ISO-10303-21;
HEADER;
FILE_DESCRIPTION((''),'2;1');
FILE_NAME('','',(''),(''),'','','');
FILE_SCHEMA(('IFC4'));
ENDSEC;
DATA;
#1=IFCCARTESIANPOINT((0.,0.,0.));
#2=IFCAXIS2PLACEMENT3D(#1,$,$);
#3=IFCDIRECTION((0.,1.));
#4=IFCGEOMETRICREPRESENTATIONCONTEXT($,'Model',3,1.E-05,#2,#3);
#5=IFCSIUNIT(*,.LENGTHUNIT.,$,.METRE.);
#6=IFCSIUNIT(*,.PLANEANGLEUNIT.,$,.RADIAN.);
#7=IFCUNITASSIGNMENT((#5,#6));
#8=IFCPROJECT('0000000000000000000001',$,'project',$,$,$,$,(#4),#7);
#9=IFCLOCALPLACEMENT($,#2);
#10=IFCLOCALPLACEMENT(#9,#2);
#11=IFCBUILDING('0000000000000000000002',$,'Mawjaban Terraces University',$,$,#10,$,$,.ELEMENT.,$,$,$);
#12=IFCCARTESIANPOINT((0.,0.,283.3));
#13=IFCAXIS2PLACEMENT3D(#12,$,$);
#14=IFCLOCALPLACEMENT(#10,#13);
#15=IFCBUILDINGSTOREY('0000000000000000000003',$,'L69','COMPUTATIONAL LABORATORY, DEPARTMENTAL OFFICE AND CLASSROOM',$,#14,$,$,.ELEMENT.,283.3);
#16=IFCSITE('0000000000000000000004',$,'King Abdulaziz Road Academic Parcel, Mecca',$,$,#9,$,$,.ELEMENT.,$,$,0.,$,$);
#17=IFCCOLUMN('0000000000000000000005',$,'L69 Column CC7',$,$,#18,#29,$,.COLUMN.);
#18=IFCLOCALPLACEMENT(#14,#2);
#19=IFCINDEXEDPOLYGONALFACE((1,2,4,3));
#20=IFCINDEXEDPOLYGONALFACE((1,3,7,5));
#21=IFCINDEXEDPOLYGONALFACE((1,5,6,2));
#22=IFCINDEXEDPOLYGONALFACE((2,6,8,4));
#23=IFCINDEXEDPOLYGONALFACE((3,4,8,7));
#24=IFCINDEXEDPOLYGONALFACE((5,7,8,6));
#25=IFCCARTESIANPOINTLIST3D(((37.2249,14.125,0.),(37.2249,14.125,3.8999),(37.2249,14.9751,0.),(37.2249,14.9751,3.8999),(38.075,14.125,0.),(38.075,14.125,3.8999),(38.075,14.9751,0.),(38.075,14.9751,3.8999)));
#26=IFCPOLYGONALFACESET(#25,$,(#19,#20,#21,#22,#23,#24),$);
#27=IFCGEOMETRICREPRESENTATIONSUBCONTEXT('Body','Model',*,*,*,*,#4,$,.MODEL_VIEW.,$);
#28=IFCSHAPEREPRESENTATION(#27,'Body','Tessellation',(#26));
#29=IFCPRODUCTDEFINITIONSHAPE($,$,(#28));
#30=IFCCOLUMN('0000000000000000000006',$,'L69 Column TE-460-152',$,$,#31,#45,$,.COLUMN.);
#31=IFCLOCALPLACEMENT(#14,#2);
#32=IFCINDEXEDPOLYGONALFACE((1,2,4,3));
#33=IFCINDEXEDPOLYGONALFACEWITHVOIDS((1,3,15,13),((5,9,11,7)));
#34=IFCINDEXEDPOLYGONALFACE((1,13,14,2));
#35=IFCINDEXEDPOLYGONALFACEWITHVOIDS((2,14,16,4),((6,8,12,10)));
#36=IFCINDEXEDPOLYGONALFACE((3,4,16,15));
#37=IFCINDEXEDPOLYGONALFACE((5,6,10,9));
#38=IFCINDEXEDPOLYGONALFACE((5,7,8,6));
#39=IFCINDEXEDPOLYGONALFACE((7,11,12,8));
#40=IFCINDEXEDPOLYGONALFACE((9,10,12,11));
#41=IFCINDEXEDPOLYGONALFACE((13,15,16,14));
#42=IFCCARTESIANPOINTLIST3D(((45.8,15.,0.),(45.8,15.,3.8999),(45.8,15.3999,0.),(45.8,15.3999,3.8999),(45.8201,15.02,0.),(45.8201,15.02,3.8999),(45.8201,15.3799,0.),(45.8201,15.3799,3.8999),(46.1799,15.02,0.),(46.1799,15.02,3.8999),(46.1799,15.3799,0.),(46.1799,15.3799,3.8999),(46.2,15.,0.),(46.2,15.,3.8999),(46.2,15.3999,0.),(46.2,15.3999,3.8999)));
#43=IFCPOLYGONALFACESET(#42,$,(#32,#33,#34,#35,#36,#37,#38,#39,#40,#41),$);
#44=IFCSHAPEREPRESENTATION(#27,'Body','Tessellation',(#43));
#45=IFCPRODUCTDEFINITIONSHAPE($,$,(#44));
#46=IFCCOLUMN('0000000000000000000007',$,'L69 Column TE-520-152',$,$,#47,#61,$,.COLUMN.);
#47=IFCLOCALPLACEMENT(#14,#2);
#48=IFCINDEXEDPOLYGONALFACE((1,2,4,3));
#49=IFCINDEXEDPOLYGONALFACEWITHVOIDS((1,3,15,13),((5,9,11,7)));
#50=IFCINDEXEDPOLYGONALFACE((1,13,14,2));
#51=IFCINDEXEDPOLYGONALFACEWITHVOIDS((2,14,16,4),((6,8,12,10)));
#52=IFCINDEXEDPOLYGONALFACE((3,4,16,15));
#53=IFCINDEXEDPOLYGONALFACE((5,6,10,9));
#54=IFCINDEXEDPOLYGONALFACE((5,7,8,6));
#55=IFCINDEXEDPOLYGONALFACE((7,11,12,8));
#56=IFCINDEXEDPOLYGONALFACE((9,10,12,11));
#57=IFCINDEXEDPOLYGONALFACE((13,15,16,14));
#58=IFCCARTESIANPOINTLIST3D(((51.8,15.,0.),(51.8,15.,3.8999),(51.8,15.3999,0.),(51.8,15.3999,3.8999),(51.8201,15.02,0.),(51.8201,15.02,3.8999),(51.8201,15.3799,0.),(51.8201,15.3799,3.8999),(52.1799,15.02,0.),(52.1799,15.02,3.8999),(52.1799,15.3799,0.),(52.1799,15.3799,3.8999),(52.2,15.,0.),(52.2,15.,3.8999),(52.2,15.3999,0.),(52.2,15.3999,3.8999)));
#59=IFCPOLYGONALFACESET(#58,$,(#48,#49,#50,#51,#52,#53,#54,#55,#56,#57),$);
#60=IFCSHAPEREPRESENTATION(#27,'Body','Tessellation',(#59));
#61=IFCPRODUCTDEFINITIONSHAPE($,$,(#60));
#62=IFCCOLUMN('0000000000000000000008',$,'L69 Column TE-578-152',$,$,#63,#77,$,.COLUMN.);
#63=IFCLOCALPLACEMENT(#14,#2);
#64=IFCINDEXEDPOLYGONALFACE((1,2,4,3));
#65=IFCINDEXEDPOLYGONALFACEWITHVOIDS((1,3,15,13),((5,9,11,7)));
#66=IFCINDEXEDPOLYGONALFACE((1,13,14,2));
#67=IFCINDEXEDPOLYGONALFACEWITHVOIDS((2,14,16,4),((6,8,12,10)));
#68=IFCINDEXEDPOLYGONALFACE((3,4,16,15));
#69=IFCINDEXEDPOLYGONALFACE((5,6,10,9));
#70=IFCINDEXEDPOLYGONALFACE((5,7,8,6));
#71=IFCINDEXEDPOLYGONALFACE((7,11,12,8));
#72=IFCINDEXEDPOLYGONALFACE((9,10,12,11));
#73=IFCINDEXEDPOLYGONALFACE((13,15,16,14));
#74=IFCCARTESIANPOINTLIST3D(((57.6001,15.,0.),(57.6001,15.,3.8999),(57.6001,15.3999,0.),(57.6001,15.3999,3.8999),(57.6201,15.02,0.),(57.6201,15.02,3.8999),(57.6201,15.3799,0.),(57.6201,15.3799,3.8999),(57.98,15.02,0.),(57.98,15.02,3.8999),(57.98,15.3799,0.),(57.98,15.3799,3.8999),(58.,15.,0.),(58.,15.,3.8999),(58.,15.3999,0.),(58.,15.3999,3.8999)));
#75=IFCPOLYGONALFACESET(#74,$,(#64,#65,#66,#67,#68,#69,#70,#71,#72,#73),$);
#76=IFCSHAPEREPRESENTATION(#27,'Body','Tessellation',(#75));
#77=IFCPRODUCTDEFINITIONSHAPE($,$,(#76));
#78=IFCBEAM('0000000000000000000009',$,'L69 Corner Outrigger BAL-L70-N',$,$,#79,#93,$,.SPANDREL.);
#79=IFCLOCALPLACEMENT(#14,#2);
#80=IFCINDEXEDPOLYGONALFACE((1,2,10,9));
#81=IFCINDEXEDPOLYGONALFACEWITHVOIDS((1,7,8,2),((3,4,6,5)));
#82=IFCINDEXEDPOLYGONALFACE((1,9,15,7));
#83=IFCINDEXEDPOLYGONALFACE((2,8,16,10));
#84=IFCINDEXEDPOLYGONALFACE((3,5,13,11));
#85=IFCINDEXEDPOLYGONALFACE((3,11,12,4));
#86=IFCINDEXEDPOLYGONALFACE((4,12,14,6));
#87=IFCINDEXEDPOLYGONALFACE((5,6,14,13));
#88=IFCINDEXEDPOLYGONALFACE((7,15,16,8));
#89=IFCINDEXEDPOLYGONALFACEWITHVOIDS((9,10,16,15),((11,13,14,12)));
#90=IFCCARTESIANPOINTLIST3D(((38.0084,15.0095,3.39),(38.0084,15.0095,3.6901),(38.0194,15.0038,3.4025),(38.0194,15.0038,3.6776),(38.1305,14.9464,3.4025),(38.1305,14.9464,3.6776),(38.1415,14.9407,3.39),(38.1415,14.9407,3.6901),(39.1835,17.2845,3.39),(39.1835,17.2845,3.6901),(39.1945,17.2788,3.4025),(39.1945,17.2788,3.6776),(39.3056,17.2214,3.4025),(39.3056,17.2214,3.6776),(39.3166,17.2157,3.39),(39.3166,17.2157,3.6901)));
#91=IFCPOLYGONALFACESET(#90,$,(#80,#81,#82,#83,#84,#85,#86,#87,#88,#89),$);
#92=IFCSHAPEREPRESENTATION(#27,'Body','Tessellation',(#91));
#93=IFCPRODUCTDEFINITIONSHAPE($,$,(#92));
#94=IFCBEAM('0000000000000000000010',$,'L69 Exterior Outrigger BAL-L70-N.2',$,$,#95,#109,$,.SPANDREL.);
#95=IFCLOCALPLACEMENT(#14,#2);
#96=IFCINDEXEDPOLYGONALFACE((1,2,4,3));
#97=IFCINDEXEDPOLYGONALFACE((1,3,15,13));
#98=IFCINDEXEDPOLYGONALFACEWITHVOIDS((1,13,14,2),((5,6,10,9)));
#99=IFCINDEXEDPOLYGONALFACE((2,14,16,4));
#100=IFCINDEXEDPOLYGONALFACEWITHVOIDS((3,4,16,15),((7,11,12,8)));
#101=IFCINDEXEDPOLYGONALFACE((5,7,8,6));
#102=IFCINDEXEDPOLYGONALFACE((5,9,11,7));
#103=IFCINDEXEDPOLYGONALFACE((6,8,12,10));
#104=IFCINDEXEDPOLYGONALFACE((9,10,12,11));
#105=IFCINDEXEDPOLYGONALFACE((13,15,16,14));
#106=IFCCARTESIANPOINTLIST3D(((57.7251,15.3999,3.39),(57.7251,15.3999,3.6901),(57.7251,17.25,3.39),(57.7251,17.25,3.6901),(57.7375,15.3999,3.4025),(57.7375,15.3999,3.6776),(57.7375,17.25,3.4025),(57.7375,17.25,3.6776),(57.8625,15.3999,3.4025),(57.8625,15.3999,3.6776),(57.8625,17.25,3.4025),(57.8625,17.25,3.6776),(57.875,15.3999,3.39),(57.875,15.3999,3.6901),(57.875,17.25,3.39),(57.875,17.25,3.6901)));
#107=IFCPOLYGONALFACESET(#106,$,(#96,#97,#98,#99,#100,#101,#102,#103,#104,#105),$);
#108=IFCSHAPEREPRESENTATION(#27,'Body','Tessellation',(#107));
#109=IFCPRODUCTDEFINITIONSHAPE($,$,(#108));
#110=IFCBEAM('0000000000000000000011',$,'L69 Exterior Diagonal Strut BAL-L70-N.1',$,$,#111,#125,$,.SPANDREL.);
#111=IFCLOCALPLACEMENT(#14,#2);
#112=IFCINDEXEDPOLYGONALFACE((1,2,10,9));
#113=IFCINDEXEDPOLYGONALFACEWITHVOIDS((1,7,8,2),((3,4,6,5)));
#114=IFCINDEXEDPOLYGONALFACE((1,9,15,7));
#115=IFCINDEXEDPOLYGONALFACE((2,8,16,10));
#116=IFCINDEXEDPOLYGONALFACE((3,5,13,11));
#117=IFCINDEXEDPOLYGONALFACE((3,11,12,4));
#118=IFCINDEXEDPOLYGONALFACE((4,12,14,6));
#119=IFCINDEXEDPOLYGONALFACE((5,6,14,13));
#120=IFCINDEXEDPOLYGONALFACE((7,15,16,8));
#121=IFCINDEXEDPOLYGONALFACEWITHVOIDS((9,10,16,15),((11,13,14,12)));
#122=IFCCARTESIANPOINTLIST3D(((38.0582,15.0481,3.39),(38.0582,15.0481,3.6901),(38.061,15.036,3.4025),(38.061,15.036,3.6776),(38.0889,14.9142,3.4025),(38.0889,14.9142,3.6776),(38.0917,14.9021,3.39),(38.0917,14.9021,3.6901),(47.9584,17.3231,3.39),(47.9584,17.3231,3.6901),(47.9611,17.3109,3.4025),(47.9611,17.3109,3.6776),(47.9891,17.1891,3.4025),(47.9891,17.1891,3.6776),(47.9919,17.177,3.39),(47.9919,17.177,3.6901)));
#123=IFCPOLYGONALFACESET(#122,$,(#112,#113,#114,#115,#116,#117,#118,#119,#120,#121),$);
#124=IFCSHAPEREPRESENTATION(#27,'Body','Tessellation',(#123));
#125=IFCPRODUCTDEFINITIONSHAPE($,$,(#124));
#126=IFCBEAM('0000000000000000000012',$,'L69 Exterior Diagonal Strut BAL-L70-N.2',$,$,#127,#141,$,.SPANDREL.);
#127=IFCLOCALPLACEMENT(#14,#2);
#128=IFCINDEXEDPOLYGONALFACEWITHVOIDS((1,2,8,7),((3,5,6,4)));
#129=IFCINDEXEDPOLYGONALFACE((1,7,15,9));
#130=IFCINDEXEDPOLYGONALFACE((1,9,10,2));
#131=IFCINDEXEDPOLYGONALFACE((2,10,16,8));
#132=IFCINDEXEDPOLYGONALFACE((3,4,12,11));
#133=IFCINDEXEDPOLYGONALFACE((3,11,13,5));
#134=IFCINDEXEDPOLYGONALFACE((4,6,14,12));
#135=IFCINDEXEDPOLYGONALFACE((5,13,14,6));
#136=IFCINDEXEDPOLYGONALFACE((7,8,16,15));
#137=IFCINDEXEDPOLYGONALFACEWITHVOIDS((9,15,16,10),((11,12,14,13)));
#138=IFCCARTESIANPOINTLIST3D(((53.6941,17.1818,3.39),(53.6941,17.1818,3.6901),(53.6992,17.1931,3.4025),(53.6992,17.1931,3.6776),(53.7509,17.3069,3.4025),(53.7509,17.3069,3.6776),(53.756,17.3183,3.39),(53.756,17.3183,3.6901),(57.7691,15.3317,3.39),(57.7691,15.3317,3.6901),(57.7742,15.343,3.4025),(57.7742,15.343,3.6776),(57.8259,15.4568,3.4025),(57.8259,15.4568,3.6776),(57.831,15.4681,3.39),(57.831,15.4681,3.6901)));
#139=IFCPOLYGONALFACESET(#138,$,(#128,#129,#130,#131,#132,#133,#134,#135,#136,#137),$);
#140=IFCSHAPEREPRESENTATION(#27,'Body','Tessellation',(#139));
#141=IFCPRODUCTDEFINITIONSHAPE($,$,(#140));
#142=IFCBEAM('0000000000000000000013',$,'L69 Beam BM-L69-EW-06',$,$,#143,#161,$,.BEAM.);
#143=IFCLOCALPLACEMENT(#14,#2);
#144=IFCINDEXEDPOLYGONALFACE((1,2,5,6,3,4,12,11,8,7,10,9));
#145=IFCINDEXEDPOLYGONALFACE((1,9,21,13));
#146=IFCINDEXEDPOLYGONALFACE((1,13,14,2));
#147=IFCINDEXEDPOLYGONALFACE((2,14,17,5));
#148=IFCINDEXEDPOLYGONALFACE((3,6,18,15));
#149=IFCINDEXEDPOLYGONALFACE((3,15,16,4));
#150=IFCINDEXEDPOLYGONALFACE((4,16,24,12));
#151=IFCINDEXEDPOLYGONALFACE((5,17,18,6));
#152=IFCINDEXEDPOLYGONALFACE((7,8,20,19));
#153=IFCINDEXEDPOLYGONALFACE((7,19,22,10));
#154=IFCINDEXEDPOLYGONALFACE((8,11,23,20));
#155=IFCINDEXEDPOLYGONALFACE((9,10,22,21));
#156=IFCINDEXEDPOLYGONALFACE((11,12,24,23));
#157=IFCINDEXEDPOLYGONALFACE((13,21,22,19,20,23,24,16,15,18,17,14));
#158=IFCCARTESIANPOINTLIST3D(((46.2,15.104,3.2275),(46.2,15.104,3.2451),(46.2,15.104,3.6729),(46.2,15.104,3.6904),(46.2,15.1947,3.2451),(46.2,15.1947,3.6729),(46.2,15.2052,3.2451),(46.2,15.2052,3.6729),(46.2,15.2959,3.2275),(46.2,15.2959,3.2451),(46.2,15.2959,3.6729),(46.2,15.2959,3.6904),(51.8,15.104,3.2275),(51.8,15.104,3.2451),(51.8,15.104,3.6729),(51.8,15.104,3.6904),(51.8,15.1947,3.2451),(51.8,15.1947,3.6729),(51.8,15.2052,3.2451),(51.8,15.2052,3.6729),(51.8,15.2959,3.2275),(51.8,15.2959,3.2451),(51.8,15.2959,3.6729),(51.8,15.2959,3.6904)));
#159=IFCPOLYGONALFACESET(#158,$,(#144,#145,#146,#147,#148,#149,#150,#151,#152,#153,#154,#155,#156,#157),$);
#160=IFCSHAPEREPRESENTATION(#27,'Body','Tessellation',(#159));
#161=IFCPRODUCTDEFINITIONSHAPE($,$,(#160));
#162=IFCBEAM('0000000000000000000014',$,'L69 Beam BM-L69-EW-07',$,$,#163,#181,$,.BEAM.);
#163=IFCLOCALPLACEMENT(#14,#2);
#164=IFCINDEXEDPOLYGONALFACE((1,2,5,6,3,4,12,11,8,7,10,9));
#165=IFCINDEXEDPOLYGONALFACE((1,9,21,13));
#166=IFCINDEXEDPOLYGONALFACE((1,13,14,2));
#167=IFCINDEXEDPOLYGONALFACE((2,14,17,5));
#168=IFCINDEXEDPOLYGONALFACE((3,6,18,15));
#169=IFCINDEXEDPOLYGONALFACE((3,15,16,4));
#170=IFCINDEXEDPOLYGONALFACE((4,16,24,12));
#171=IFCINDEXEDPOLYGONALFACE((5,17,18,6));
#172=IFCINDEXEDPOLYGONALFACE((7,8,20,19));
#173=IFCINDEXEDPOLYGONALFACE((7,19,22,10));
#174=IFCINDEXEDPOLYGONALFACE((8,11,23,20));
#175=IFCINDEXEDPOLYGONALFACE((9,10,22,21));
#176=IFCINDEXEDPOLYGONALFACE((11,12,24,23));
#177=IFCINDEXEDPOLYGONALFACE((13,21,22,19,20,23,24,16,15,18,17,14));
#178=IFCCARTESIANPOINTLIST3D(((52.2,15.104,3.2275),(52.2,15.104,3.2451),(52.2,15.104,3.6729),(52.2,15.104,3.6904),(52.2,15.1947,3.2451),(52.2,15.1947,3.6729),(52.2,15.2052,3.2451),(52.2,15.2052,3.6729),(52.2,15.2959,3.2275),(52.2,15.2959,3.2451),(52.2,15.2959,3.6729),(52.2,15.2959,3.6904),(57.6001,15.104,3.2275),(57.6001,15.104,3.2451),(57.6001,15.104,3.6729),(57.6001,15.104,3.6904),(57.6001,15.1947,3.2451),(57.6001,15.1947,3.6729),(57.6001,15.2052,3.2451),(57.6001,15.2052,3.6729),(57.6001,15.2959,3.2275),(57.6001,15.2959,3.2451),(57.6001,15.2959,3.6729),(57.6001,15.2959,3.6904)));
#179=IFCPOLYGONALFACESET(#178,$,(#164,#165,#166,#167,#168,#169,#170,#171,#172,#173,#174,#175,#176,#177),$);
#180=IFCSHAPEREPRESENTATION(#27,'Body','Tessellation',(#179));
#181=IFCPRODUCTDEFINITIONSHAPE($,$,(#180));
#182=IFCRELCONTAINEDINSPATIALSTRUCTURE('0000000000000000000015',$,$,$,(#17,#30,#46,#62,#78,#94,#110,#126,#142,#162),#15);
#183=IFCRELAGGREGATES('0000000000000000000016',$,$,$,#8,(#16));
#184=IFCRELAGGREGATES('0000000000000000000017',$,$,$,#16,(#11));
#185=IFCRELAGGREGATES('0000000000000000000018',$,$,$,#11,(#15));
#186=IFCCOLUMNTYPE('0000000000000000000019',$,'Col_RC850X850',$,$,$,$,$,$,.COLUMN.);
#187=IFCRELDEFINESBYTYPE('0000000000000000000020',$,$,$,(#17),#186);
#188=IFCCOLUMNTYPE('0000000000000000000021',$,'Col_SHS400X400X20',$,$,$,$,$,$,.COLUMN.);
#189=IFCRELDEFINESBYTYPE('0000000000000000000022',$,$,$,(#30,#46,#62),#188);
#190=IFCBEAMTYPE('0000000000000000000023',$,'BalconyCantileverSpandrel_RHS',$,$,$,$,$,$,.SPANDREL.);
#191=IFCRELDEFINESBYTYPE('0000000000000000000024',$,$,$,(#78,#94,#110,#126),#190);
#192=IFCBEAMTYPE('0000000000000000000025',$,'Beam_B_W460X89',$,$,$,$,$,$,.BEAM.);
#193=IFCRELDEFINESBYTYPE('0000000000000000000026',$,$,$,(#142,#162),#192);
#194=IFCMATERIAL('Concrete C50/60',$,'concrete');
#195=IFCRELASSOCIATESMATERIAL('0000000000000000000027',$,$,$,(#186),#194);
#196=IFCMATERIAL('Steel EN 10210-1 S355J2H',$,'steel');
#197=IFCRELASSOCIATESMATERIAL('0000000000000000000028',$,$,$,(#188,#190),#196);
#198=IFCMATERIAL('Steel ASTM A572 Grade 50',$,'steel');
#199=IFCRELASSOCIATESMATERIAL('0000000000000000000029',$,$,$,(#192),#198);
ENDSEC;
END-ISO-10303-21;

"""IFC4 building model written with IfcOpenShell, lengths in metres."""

from ifc_helpers import new_model, si_unit, direction, frame, origin, origin_2d, place, context, subcontext, project, spatial, rectangle, hollow_rectangle, i_section, extrude, material, material_profile, profile_set, type_object, element, save


model = new_model("IFC4")

# Units and contexts
model_context = context("Model", 3, precision=1e-05, world=origin(), true_north=direction((0.0, 1.0)))
body_context = subcontext(model_context, "Body", "Model", "MODEL_VIEW")
ifc_project = project(units=[si_unit("LENGTHUNIT", "METRE"), si_unit("PLANEANGLEUNIT", "RADIAN")], contexts=[model_context])

# Site, building, storey
site_placement = place(None, origin())
site = spatial("IfcSite", under=ifc_project, at=site_placement, Name="King Abdulaziz Road Academic Parcel, Mecca", CompositionType="ELEMENT", RefElevation=0.0)
building_placement = place(site_placement, origin())
building = spatial("IfcBuilding", under=site, at=building_placement, Name="Mawjaban Terraces University", CompositionType="ELEMENT")
storey_placement = place(building_placement, frame((0.0, 0.0, 283.3)))
storey = spatial("IfcBuildingStorey", under=building, at=storey_placement, Name="L69", Description="COMPUTATIONAL LABORATORY, DEPARTMENTAL OFFICE AND CLASSROOM", CompositionType="ELEMENT", Elevation=283.3)

# Columns
ifc_material_1 = material(Name="Concrete C50/60", Category="concrete")
ifc_material_profile_1 = material_profile(ifc_material_1, rectangle(XDim=0.8501, YDim=0.8501, at=origin_2d()), Name="RC850X850")
ifc_profile_set_1 = profile_set([ifc_material_profile_1], Name="Concrete C50/60")
column_type_1 = type_object("IfcColumnType", Name="Col_RC850X850", PredefinedType="COLUMN", material=ifc_profile_set_1)
column_placement = place(storey_placement, frame((37.6499, 14.55, 0.0), z_axis=(0.0, 0.0, 1.0), x_axis=(1.0, 0.0, 0.0)))
element("IfcColumn", 1, at=column_placement, inside=storey, type_object=column_type_1, Name="L69 Column CC7", PredefinedType="COLUMN", context=body_context, shape_type="SweptSolid", body=[
    extrude(rectangle(XDim=0.8501, YDim=0.8501, at=origin_2d()), origin(), (0.0, 0.0, 1.0), 3.8999),
])
ifc_material_2 = material(Name="Steel EN 10210-1 S355J2H", Category="steel")
ifc_material_profile_2 = material_profile(ifc_material_2, hollow_rectangle(XDim=0.3999, YDim=0.3999, WallThickness=0.02, at=origin_2d()), Name="SHS400X400X20")
ifc_profile_set_2 = profile_set([ifc_material_profile_2], Name="Steel EN 10210-1 S355J2H")
column_type_2 = type_object("IfcColumnType", Name="Col_SHS400X400X20", PredefinedType="COLUMN", material=ifc_profile_set_2)
for number, where, z_axis, x_axis, name in (
    (2, (46.0, 15.2, 0.0), (0.0, 0.0, 1.0), (1.0, 0.0, 0.0), "L69 Column TE-460-152"),
    (3, (52.0, 15.2, 0.0), (0.0, 0.0, 1.0), (1.0, 0.0, 0.0), "L69 Column TE-520-152"),
    (4, (57.8, 15.2, 0.0), (0.0, 0.0, 1.0), (1.0, 0.0, 0.0), "L69 Column TE-578-152"),
):
    element("IfcColumn", number, at=place(storey_placement, frame(where, z_axis=z_axis, x_axis=x_axis)), inside=storey, type_object=column_type_2, Name=name, PredefinedType="COLUMN", context=body_context, shape_type="SweptSolid", body=[
        extrude(hollow_rectangle(XDim=0.3999, YDim=0.3999, WallThickness=0.02, at=origin_2d()), origin(), (0.0, 0.0, 1.0), 3.8999),
    ])

# Beams
ifc_material_profile_3 = material_profile(ifc_material_2, hollow_rectangle(XDim=0.1499, YDim=0.3, WallThickness=0.0125, at=origin_2d()), Name="RHS300X150X12.5")
ifc_profile_set_3 = profile_set([ifc_material_profile_3], Name="Steel EN 10210-1 S355J2H")
beam_type_1 = type_object("IfcBeamType", Name="BalconyCantileverSpandrel_RHS", PredefinedType="SPANDREL", material=ifc_profile_set_3)
beam_1_placement = place(storey_placement, frame((38.075, 14.9751, 3.54), z_axis=(0.458922, 0.888476, 0.0), x_axis=(-0.888476, 0.458922, 0.0)))
element("IfcBeam", 5, at=beam_1_placement, inside=storey, type_object=beam_type_1, Name="L69 Corner Outrigger BAL-L70-N", PredefinedType="SPANDREL", context=body_context, shape_type="SweptSolid", body=[
    extrude(hollow_rectangle(XDim=0.1499, YDim=0.3, WallThickness=0.0125, at=origin_2d()), origin(), (0.0, 0.0, 1.0), 2.5605),
])
beam_2_placement = place(storey_placement, frame((57.8, 15.3999, 3.54), z_axis=(0.0, 1.0, 0.0), x_axis=(-1.0, 0.0, 0.0)))
element("IfcBeam", 6, at=beam_2_placement, inside=storey, type_object=beam_type_1, Name="L69 Exterior Outrigger BAL-L70-N.2", PredefinedType="SPANDREL", context=body_context, shape_type="SweptSolid", body=[
    extrude(hollow_rectangle(XDim=0.1499, YDim=0.3, WallThickness=0.0125, at=origin_2d()), origin(), (0.0, 0.0, 1.0), 1.8501),
])
beam_3_placement = place(storey_placement, frame((38.075, 14.9751, 3.54), z_axis=(0.974601, 0.223948, 0.0), x_axis=(-0.223948, 0.974601, 0.0)))
element("IfcBeam", 7, at=beam_3_placement, inside=storey, type_object=beam_type_1, Name="L69 Exterior Diagonal Strut BAL-L70-N.1", PredefinedType="SPANDREL", context=body_context, shape_type="SweptSolid", body=[
    extrude(hollow_rectangle(XDim=0.1499, YDim=0.3, WallThickness=0.0125, at=origin_2d()), origin(), (0.0, 0.0, 1.0), 10.1582),
])
beam_4_placement = place(storey_placement, frame((57.8, 15.3999, 3.54), z_axis=(-0.910548, 0.413404, 0.0), x_axis=(-0.413404, -0.910548, 0.0)))
element("IfcBeam", 8, at=beam_4_placement, inside=storey, type_object=beam_type_1, Name="L69 Exterior Diagonal Strut BAL-L70-N.2", PredefinedType="SPANDREL", context=body_context, shape_type="SweptSolid", body=[
    extrude(hollow_rectangle(XDim=0.1499, YDim=0.3, WallThickness=0.0125, at=origin_2d()), origin(), (0.0, 0.0, 1.0), 4.4753),
])
ifc_material_3 = material(Name="Steel ASTM A572 Grade 50", Category="steel")
ifc_material_profile_4 = material_profile(ifc_material_3, i_section(OverallWidth=0.1919, OverallDepth=0.4629, WebThickness=0.0105, FlangeThickness=0.0176, at=origin_2d()), Name="W460X89")
ifc_profile_set_4 = profile_set([ifc_material_profile_4], Name="Steel ASTM A572 Grade 50")
beam_type_2 = type_object("IfcBeamType", Name="Beam_B_W460X89", PredefinedType="BEAM", material=ifc_profile_set_4)
beam_5_placement = place(storey_placement, frame((46.2, 15.2, 3.459), z_axis=(1.0, 0.0, 0.0), x_axis=(0.0, 1.0, 0.0)))
element("IfcBeam", 9, at=beam_5_placement, inside=storey, type_object=beam_type_2, Name="L69 Beam BM-L69-EW-06", PredefinedType="BEAM", context=body_context, shape_type="SweptSolid", body=[
    extrude(i_section(OverallWidth=0.1919, OverallDepth=0.4629, WebThickness=0.0105, FlangeThickness=0.0176, at=origin_2d()), origin(), (0.0, 0.0, 1.0), 5.6001),
])
beam_6_placement = place(storey_placement, frame((52.2, 15.2, 3.459), z_axis=(1.0, 0.0, 0.0), x_axis=(0.0, 1.0, 0.0)))
element("IfcBeam", 10, at=beam_6_placement, inside=storey, type_object=beam_type_2, Name="L69 Beam BM-L69-EW-07", PredefinedType="BEAM", context=body_context, shape_type="SweptSolid", body=[
    extrude(i_section(OverallWidth=0.1919, OverallDepth=0.4629, WebThickness=0.0105, FlangeThickness=0.0176, at=origin_2d()), origin(), (0.0, 0.0, 1.0), 5.4001),
])

save(model, "model.ifc")
